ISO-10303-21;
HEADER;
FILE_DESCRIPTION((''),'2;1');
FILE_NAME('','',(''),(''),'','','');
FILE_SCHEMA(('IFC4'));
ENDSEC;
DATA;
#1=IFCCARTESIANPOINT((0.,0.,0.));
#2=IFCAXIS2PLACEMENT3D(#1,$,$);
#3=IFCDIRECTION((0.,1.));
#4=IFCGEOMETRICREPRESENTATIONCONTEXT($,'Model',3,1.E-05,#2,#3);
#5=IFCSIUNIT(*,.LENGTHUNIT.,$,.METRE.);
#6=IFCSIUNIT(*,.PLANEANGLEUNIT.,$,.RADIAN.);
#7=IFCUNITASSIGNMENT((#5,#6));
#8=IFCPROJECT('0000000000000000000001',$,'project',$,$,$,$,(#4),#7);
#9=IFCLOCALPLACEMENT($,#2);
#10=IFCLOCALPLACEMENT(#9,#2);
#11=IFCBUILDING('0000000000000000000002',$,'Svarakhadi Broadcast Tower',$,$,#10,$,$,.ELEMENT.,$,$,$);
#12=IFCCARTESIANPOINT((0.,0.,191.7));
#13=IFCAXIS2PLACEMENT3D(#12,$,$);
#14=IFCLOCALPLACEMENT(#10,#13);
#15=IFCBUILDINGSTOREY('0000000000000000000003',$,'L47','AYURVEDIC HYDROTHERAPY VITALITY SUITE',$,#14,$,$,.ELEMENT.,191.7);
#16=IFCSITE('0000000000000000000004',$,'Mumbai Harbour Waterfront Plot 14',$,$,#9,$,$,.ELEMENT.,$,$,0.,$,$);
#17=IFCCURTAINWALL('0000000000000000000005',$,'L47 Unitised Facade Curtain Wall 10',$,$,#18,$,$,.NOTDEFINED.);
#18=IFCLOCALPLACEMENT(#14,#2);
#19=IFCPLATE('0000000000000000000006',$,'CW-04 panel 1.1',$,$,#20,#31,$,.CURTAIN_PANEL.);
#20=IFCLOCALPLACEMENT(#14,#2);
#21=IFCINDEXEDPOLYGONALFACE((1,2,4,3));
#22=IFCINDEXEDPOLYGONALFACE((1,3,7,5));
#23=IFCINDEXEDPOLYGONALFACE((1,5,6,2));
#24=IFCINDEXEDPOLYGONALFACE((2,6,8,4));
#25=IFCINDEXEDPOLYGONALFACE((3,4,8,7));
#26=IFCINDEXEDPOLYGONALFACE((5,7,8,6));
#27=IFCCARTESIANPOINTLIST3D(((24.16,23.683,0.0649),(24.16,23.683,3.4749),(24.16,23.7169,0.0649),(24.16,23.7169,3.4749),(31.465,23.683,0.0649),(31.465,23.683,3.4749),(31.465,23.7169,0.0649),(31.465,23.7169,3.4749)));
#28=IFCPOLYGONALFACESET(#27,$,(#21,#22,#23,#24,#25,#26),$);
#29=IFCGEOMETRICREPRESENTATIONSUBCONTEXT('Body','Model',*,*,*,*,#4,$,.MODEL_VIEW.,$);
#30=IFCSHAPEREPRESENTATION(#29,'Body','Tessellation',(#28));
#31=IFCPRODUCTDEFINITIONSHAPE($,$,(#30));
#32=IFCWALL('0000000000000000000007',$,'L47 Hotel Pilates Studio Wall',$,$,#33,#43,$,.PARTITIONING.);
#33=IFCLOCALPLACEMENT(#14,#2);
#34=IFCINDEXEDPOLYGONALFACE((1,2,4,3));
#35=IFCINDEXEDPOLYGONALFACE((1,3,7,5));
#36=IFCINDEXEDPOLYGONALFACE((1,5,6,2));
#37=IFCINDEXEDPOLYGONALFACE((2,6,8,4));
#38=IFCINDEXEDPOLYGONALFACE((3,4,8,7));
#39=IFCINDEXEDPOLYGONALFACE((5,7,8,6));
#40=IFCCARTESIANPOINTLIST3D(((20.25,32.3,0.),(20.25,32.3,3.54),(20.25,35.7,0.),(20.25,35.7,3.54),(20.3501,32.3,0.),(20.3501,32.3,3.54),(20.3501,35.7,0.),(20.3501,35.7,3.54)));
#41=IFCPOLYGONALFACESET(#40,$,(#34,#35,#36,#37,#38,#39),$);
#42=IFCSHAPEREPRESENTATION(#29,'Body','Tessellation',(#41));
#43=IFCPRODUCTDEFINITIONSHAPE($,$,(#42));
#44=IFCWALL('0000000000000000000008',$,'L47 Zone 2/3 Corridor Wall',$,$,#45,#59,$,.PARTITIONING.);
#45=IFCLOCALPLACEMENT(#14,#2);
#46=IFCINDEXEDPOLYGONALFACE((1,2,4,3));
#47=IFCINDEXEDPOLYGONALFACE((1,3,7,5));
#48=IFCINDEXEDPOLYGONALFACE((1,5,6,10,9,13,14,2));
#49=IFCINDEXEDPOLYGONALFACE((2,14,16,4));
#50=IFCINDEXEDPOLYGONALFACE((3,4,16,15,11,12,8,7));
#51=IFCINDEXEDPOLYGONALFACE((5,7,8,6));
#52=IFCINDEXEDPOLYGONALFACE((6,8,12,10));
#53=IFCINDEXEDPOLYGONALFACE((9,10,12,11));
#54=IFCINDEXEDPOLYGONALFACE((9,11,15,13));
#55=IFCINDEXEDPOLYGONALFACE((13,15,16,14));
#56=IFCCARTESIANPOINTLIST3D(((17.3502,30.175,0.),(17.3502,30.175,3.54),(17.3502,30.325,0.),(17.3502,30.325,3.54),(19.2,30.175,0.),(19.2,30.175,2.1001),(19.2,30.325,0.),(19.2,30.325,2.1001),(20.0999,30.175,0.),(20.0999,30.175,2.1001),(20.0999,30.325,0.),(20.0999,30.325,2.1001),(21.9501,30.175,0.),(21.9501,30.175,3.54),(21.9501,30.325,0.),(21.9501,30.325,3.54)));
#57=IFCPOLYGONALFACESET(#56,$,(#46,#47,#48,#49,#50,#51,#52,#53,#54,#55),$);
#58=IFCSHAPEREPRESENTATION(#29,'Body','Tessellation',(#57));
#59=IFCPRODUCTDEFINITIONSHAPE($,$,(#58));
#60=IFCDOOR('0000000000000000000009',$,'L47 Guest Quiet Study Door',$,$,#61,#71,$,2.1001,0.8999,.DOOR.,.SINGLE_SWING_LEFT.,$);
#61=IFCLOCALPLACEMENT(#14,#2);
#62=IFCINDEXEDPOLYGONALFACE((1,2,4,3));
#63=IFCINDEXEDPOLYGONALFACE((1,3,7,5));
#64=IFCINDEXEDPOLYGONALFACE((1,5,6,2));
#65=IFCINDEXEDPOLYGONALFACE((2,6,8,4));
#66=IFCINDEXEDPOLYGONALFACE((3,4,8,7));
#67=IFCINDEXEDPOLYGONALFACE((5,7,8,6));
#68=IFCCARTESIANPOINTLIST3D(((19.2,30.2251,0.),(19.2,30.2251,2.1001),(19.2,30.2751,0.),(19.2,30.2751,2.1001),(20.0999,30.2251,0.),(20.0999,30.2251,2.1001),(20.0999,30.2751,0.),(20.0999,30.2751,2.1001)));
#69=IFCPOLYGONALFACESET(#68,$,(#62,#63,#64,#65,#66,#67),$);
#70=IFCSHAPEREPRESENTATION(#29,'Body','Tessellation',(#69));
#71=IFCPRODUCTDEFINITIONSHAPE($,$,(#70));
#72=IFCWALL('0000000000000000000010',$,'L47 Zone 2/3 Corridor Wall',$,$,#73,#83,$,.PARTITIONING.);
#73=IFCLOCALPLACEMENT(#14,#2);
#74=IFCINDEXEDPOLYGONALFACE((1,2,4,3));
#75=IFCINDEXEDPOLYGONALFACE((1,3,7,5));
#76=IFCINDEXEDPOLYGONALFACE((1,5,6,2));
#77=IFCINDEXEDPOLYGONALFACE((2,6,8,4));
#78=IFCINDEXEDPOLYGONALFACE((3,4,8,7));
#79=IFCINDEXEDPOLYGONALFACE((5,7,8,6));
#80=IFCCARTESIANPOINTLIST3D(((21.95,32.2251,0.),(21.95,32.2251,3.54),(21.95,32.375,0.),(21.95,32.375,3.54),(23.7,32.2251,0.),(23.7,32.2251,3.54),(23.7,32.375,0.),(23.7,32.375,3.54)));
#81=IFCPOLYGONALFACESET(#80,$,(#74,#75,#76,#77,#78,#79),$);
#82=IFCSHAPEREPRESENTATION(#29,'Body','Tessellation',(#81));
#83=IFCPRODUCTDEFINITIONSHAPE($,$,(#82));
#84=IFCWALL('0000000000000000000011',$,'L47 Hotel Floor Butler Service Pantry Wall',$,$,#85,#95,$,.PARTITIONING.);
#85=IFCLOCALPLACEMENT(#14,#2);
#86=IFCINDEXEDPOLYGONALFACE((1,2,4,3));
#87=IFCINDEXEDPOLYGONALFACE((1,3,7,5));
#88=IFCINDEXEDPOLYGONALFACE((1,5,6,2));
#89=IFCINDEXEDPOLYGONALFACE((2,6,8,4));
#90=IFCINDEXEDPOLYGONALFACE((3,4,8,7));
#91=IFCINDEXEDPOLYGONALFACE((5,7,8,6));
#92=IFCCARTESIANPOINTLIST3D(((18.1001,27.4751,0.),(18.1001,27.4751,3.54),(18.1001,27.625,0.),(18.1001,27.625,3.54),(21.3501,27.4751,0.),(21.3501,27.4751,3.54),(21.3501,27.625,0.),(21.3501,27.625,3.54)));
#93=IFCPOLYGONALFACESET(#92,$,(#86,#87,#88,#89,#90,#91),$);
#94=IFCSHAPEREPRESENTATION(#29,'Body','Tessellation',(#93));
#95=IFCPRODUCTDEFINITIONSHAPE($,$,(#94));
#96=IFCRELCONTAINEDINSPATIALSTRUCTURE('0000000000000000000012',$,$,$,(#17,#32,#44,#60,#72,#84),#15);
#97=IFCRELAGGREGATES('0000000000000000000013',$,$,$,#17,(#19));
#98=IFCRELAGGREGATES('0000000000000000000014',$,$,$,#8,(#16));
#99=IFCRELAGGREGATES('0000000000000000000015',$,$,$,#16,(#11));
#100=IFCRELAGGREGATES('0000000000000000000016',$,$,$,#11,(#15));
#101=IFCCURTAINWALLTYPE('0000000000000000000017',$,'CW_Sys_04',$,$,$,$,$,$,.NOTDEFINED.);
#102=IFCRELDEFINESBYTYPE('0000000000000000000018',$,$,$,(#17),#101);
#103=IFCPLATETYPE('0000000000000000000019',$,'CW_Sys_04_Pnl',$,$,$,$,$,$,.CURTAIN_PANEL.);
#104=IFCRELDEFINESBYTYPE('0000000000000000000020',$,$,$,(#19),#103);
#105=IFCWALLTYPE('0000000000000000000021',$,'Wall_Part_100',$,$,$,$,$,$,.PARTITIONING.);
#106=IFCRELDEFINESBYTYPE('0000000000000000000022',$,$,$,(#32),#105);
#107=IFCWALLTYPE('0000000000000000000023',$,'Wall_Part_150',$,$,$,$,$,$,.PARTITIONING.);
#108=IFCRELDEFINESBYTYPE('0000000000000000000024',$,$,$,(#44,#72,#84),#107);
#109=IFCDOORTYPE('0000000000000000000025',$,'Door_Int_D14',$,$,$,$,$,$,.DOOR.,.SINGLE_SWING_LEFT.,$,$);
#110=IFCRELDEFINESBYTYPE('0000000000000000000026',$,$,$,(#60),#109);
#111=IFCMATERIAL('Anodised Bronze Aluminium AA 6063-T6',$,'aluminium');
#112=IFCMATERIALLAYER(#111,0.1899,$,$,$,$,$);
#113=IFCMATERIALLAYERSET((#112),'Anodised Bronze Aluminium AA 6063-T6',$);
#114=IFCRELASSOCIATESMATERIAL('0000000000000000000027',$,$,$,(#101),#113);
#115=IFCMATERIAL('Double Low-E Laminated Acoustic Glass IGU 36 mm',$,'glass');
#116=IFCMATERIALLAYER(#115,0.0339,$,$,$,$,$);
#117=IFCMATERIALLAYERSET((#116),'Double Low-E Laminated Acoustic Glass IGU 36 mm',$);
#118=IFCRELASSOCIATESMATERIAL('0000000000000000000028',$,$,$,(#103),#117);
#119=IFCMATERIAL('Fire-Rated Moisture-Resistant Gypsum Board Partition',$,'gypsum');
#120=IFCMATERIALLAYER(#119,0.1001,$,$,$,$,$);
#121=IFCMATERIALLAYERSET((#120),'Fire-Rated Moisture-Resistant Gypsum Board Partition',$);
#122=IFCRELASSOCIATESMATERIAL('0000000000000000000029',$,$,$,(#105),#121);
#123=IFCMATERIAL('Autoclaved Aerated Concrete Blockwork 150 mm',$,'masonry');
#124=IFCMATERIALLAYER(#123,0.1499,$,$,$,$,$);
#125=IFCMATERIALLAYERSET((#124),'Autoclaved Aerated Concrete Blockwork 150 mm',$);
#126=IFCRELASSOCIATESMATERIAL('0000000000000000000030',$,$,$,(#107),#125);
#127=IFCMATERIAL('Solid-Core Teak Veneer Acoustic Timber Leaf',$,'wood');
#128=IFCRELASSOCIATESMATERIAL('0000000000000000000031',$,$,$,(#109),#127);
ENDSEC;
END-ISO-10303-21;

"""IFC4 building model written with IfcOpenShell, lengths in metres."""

from ifc_helpers import new_model, si_unit, direction, frame, frame_2d, origin, origin_2d, place, context, subcontext, project, spatial, rectangle, extrude, material, layer, layer_set, type_object, element, fill, aggregate, save


model = new_model("IFC4")

# Units and contexts
model_context = context("Model", 3, precision=1e-05, world=origin(), true_north=direction((0.0, 1.0)))
body_context = subcontext(model_context, "Body", "Model", "MODEL_VIEW")
ifc_project = project(units=[si_unit("LENGTHUNIT", "METRE"), si_unit("PLANEANGLEUNIT", "RADIAN")], contexts=[model_context])

# Site, building, storey
site_placement = place(None, origin())
site = spatial("IfcSite", under=ifc_project, at=site_placement, Name="Mumbai Harbour Waterfront Plot 14", CompositionType="ELEMENT", RefElevation=0.0)
building_placement = place(site_placement, origin())
building = spatial("IfcBuilding", under=site, at=building_placement, Name="Svarakhadi Broadcast Tower", CompositionType="ELEMENT")
storey_placement = place(building_placement, frame((0.0, 0.0, 191.7)))
storey = spatial("IfcBuildingStorey", under=building, at=storey_placement, Name="L47", Description="AYURVEDIC HYDROTHERAPY VITALITY SUITE", CompositionType="ELEMENT", Elevation=191.7)

# Shared definitions
ifc_material_1 = material(Name="Anodised Bronze Aluminium AA 6063-T6", Category="aluminium")
ifc_layer_1 = layer(ifc_material_1, 0.1899)
ifc_layer_set_1 = layer_set([ifc_layer_1], Name="Anodised Bronze Aluminium AA 6063-T6")
curtain_wall_type = type_object("IfcCurtainWallType", Name="CW_Sys_04", PredefinedType="NOTDEFINED", material=ifc_layer_set_1)

# Shared definitions
ifc_material_2 = material(Name="Double Low-E Laminated Acoustic Glass IGU 36 mm", Category="glass")
ifc_layer_2 = layer(ifc_material_2, 0.0339)
ifc_layer_set_2 = layer_set([ifc_layer_2], Name="Double Low-E Laminated Acoustic Glass IGU 36 mm")
plate_type = type_object("IfcPlateType", Name="CW_Sys_04_Pnl", PredefinedType="CURTAIN_PANEL", material=ifc_layer_set_2)

# Curtain wall, plate
curtain_wall_1_placement = place(storey_placement, origin())
curtain_wall_1 = element("IfcCurtainWall", 1, at=curtain_wall_1_placement, inside=storey, type_object=curtain_wall_type, Name="L47 Unitised Facade Curtain Wall 10", PredefinedType="NOTDEFINED")
plate_1_placement = place(storey_placement, frame((27.8125, 23.7, 0.0649), z_axis=(0.0, 0.0, 1.0), x_axis=(1.0, 0.0, 0.0)))
plate_1 = element("IfcPlate", 2, at=plate_1_placement, type_object=plate_type, Name="CW-04 panel 1.1", PredefinedType="CURTAIN_PANEL", context=body_context, shape_type="SweptSolid", body=[
    extrude(rectangle(XDim=7.3049, YDim=0.0339, at=origin_2d()), origin(), (0.0, 0.0, 1.0), 3.4099),
])
aggregate(curtain_wall_1, [plate_1])

# Wall
ifc_material_3 = material(Name="Fire-Rated Moisture-Resistant Gypsum Board Partition", Category="gypsum")
ifc_layer_3 = layer(ifc_material_3, 0.1001)
ifc_layer_set_3 = layer_set([ifc_layer_3], Name="Fire-Rated Moisture-Resistant Gypsum Board Partition")
wall_type_1 = type_object("IfcWallType", Name="Wall_Part_100", PredefinedType="PARTITIONING", material=ifc_layer_set_3)
wall_1_placement = place(storey_placement, frame((20.3, 32.3, 0.0), z_axis=(0.0, 0.0, 1.0), x_axis=(0.0, 1.0, 0.0)))
element("IfcWall", 3, at=wall_1_placement, inside=storey, type_object=wall_type_1, Name="L47 Hotel Pilates Studio Wall", PredefinedType="PARTITIONING", context=body_context, shape_type="SweptSolid", body=[
    extrude(rectangle(XDim=3.3999, YDim=0.1001, at=frame_2d((1.7, 0.0))), origin(), (0.0, 0.0, 1.0), 3.54),
])

# Wall, opening, door
ifc_material_4 = material(Name="Autoclaved Aerated Concrete Blockwork 150 mm", Category="masonry")
ifc_layer_4 = layer(ifc_material_4, 0.1499)
ifc_layer_set_4 = layer_set([ifc_layer_4], Name="Autoclaved Aerated Concrete Blockwork 150 mm")
wall_type_2 = type_object("IfcWallType", Name="Wall_Part_150", PredefinedType="PARTITIONING", material=ifc_layer_set_4)
wall_2_placement = place(storey_placement, frame((21.95, 30.25, 0.0), z_axis=(0.0, 0.0, 1.0), x_axis=(-1.0, 0.0, 0.0)))
wall_2 = element("IfcWall", 4, at=wall_2_placement, inside=storey, type_object=wall_type_2, Name="L47 Zone 2/3 Corridor Wall", PredefinedType="PARTITIONING", context=body_context, shape_type="SweptSolid", body=[
    extrude(rectangle(XDim=4.5999, YDim=0.1499, at=frame_2d((2.2998, 0.0))), origin(), (0.0, 0.0, 1.0), 3.54),
])
opening_placement = place(wall_2_placement, frame((1.8501, 0.0, 0.0)))
opening = element("IfcOpeningElement", 5, at=opening_placement, cuts=wall_2, PredefinedType="OPENING", context=body_context, shape_type="SweptSolid", body=[
    extrude(rectangle(XDim=0.8999, YDim=2.1001, at=frame_2d((0.45, 1.05))), frame((0.0, 0.085, 0.0), z_axis=(0.0, -1.0, 0.0), x_axis=(1.0, 0.0, 0.0)), (0.0, 0.0, 1.0), 0.1699),
])
ifc_material_5 = material(Name="Solid-Core Teak Veneer Acoustic Timber Leaf", Category="wood")
door_type = type_object("IfcDoorType", Name="Door_Int_D14", OperationType="SINGLE_SWING_LEFT", PredefinedType="DOOR", material=ifc_material_5)
door_placement = place(opening_placement, origin())
door = element("IfcDoor", 6, at=door_placement, inside=storey, type_object=door_type, Name="L47 Guest Quiet Study Door", OperationType="SINGLE_SWING_LEFT", OverallHeight=2.1001, OverallWidth=0.8999, PredefinedType="DOOR", context=body_context, shape_type="SweptSolid", body=[
    extrude(rectangle(XDim=0.8999, YDim=2.1001, at=frame_2d((0.45, 1.05))), frame((0.0, 0.0249, 0.0), z_axis=(0.0, -1.0, 0.0), x_axis=(1.0, 0.0, 0.0)), (0.0, 0.0, 1.0), 0.05),
])
fill(opening, door)

# Walls
wall_3_placement = place(storey_placement, frame((21.95, 32.3, 0.0), z_axis=(0.0, 0.0, 1.0), x_axis=(1.0, 0.0, 0.0)))
element("IfcWall", 7, at=wall_3_placement, inside=storey, type_object=wall_type_2, Name="L47 Zone 2/3 Corridor Wall", PredefinedType="PARTITIONING", context=body_context, shape_type="SweptSolid", body=[
    extrude(rectangle(XDim=1.75, YDim=0.1499, at=frame_2d((0.875, 0.0))), origin(), (0.0, 0.0, 1.0), 3.54),
])
wall_4_placement = place(storey_placement, frame((18.1001, 27.55, 0.0), z_axis=(0.0, 0.0, 1.0), x_axis=(1.0, 0.0, 0.0)))
element("IfcWall", 8, at=wall_4_placement, inside=storey, type_object=wall_type_2, Name="L47 Hotel Floor Butler Service Pantry Wall", PredefinedType="PARTITIONING", context=body_context, shape_type="SweptSolid", body=[
    extrude(rectangle(XDim=3.25, YDim=0.1499, at=frame_2d((1.625, 0.0))), origin(), (0.0, 0.0, 1.0), 3.54),
])

save(model, "model.ifc")
